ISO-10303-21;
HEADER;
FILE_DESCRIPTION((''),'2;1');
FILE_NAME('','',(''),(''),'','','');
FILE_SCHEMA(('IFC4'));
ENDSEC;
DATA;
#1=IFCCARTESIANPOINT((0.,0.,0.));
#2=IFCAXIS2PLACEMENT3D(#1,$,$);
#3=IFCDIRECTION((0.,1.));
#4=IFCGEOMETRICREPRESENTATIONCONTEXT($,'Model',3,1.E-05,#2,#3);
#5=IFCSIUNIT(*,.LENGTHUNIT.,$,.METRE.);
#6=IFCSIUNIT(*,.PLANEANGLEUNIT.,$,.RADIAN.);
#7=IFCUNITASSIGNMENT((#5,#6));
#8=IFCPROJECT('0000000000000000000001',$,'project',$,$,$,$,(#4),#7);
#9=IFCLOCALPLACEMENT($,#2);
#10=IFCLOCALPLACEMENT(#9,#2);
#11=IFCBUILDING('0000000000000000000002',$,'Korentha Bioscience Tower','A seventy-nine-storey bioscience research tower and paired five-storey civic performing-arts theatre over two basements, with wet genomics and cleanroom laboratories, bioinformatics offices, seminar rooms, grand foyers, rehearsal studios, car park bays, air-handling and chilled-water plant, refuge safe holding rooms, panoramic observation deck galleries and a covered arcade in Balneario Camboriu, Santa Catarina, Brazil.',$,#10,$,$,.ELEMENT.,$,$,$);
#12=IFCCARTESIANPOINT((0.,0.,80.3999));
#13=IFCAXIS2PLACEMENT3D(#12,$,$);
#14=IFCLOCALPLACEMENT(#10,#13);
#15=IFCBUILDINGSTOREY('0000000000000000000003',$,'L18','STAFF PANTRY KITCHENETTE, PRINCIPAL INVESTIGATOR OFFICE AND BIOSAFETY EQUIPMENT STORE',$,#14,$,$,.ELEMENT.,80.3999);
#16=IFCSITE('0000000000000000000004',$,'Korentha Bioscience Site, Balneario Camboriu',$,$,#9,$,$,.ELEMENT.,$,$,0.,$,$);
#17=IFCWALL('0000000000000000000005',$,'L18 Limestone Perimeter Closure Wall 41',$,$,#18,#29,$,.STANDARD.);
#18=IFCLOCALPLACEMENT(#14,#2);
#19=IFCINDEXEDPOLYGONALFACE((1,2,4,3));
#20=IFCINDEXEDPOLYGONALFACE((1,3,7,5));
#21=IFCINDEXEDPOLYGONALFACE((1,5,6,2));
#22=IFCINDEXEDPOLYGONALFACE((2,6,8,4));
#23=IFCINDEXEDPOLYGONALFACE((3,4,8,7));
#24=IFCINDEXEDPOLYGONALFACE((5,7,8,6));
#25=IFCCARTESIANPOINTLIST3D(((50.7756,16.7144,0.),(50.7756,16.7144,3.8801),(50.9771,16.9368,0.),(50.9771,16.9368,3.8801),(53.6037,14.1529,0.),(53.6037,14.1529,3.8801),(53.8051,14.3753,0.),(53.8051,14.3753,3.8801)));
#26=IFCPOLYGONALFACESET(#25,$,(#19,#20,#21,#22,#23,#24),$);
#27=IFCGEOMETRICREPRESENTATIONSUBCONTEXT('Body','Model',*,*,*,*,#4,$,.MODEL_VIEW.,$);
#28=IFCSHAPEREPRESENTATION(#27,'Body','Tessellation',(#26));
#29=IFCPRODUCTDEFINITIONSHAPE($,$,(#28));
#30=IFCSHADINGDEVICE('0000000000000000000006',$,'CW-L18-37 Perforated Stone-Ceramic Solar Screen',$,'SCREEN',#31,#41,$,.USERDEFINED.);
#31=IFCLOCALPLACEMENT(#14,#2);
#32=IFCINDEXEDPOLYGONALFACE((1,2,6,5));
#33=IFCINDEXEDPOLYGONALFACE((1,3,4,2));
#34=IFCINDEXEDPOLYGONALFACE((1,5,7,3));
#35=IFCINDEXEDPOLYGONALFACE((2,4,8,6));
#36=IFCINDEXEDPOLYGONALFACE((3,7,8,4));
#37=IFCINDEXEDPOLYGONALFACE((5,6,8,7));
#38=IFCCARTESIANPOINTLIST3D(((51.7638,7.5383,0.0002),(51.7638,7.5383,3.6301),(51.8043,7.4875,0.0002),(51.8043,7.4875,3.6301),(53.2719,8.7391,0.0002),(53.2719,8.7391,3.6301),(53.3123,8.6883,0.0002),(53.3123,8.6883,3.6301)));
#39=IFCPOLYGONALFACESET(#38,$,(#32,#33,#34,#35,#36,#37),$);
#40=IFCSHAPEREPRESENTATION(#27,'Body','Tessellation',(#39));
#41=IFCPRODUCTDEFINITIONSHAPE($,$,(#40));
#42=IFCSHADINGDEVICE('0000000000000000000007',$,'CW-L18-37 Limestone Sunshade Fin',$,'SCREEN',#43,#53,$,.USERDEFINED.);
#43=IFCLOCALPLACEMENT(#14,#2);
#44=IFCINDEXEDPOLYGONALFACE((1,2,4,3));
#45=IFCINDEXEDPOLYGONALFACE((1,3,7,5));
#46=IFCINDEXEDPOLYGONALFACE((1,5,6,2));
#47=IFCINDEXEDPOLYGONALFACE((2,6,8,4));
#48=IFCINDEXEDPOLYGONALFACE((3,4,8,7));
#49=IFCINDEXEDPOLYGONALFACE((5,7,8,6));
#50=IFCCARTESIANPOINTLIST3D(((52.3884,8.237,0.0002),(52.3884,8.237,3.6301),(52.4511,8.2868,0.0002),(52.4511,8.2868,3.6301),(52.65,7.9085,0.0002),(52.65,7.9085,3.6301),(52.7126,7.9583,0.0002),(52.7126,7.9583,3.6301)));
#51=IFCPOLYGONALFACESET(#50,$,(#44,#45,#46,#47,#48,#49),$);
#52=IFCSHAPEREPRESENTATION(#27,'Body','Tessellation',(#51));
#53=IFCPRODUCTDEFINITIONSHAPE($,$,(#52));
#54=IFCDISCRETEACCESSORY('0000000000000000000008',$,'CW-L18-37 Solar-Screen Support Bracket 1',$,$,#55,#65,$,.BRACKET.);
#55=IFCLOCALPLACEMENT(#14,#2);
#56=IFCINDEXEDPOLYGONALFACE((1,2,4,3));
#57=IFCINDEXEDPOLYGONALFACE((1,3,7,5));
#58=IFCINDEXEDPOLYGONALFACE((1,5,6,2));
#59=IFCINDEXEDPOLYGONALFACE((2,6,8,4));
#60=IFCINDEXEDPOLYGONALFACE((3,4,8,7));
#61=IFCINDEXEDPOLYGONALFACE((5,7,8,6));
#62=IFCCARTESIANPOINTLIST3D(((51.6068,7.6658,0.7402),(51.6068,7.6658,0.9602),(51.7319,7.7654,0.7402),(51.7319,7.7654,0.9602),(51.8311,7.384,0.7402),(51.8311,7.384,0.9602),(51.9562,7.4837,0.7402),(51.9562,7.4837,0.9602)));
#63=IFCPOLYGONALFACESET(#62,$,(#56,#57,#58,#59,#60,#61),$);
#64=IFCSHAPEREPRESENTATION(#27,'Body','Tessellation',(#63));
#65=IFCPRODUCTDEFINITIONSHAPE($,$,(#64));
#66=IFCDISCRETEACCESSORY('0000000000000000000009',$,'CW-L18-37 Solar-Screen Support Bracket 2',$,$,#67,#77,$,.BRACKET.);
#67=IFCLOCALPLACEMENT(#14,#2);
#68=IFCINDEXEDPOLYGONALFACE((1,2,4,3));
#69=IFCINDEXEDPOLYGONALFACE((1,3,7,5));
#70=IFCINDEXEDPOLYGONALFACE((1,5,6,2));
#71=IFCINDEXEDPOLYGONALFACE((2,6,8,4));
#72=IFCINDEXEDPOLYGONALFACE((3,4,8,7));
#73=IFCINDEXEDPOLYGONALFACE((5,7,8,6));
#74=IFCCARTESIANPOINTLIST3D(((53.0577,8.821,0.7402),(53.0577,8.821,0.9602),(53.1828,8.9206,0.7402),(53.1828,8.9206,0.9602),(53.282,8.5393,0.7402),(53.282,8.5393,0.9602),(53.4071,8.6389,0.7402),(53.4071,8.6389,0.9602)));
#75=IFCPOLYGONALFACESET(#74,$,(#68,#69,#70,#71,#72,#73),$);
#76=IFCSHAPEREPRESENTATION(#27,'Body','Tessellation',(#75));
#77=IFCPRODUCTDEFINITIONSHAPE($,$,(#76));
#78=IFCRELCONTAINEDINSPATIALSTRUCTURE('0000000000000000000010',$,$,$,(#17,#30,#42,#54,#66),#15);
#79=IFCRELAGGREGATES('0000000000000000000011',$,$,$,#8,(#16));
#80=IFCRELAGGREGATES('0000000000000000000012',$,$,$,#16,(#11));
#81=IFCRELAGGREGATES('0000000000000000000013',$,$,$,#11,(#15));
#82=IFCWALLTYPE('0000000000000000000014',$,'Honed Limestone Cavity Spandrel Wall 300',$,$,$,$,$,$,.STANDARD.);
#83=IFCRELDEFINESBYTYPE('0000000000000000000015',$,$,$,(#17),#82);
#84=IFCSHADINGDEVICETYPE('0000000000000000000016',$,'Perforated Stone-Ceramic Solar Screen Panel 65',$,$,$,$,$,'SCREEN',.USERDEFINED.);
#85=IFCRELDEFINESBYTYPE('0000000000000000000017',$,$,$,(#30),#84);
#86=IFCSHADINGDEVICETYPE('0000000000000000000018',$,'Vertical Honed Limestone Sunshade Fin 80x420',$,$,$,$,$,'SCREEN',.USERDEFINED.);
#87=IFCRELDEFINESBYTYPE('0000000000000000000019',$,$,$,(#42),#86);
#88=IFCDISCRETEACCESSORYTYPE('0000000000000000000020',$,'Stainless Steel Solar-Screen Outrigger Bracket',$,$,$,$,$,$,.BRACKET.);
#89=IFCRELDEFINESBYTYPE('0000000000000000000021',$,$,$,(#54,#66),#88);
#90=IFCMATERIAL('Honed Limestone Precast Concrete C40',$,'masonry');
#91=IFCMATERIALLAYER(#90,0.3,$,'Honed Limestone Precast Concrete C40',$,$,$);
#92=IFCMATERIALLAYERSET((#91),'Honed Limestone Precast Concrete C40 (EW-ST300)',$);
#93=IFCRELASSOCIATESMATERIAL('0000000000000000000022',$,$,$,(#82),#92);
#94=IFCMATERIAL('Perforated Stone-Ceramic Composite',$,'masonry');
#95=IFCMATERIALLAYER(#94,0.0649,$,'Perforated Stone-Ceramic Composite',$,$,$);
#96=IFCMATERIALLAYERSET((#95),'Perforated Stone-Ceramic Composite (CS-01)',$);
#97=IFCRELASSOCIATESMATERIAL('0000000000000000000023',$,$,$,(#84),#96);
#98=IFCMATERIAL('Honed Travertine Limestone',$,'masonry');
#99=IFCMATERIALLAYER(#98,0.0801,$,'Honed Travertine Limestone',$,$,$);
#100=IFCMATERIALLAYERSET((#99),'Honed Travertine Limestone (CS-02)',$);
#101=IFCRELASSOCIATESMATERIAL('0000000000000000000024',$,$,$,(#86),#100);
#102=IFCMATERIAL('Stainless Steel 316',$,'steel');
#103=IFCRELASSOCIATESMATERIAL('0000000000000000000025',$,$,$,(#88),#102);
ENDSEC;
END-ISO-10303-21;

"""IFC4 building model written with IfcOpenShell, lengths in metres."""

from ifc_helpers import new_model, si_unit, direction, frame, frame_2d, origin, origin_2d, place, context, subcontext, project, spatial, rectangle, extrude, material, layer, layer_set, type_object, element, save


model = new_model("IFC4")

# Units and contexts
model_context = context("Model", 3, precision=1e-05, world=origin(), true_north=direction((0.0, 1.0)))
body_context = subcontext(model_context, "Body", "Model", "MODEL_VIEW")
ifc_project = project(units=[si_unit("LENGTHUNIT", "METRE"), si_unit("PLANEANGLEUNIT", "RADIAN")], contexts=[model_context])

# Site, building, storey
site_placement = place(None, origin())
site = spatial("IfcSite", under=ifc_project, at=site_placement, Name="Korentha Bioscience Site, Balneario Camboriu", CompositionType="ELEMENT", RefElevation=0.0)
building_placement = place(site_placement, origin())
building = spatial("IfcBuilding", under=site, at=building_placement, Name="Korentha Bioscience Tower", Description="A seventy-nine-storey bioscience research tower and paired five-storey civic performing-arts theatre over two basements, with wet genomics and cleanroom laboratories, bioinformatics offices, seminar rooms, grand foyers, rehearsal studios, car park bays, air-handling and chilled-water plant, refuge safe holding rooms, panoramic observation deck galleries and a covered arcade in Balneario Camboriu, Santa Catarina, Brazil.", CompositionType="ELEMENT")
storey_placement = place(building_placement, frame((0.0, 0.0, 80.3999)))
storey = spatial("IfcBuildingStorey", under=building, at=storey_placement, Name="L18", Description="STAFF PANTRY KITCHENETTE, PRINCIPAL INVESTIGATOR OFFICE AND BIOSAFETY EQUIPMENT STORE", CompositionType="ELEMENT", Elevation=80.3999)

# Shared definitions
ifc_material_1 = material(Name="Honed Limestone Precast Concrete C40", Category="masonry")
ifc_layer_1 = layer(ifc_material_1, 0.3, Name="Honed Limestone Precast Concrete C40")
ifc_layer_set_1 = layer_set([ifc_layer_1], Name="Honed Limestone Precast Concrete C40 (EW-ST300)")
wall_type_1 = type_object("IfcWallType", Name="Honed Limestone Cavity Spandrel Wall 300", PredefinedType="STANDARD", material=ifc_layer_set_1)

# Wall
wall_1_placement = place(storey_placement, frame((53.7043, 14.2642, 0.0), z_axis=(0.0, 0.0, 1.0), x_axis=(-0.741178, 0.671309, 0.0)))
element("IfcWall", 1, at=wall_1_placement, inside=storey, type_object=wall_type_1, Name="L18 Limestone Perimeter Closure Wall 41", PredefinedType="STANDARD", context=body_context, shape_type="SweptSolid", body=[
    extrude(rectangle(XDim=3.8157, YDim=0.3, at=frame_2d((1.9077, 0.0))), origin(), (0.0, 0.0, 1.0), 3.8801),
])

# Shading devices
ifc_material_2 = material(Name="Perforated Stone-Ceramic Composite", Category="masonry")
ifc_layer_2 = layer(ifc_material_2, 0.0649, Name="Perforated Stone-Ceramic Composite")
ifc_layer_set_2 = layer_set([ifc_layer_2], Name="Perforated Stone-Ceramic Composite (CS-01)")
shading_device_type_1 = type_object("IfcShadingDeviceType", Name="Perforated Stone-Ceramic Solar Screen Panel 65", ElementType="SCREEN", PredefinedType="USERDEFINED", material=ifc_layer_set_2)
shading_device_1_placement = place(storey_placement, frame((52.5381, 8.1133, 0.0002), z_axis=(0.0, 0.0, 1.0), x_axis=(0.782288, 0.622917, 0.0)))
element("IfcShadingDevice", 2, at=shading_device_1_placement, inside=storey, type_object=shading_device_type_1, Name="CW-L18-37 Perforated Stone-Ceramic Solar Screen", ObjectType="SCREEN", PredefinedType="USERDEFINED", context=body_context, shape_type="SweptSolid", body=[
    extrude(rectangle(XDim=1.9277, YDim=0.0649, at=origin_2d()), origin(), (0.0, 0.0, 1.0), 3.6299),
])
ifc_material_3 = material(Name="Honed Travertine Limestone", Category="masonry")
ifc_layer_3 = layer(ifc_material_3, 0.0801, Name="Honed Travertine Limestone")
ifc_layer_set_3 = layer_set([ifc_layer_3], Name="Honed Travertine Limestone (CS-02)")
shading_device_type_2 = type_object("IfcShadingDeviceType", Name="Vertical Honed Limestone Sunshade Fin 80x420", ElementType="SCREEN", PredefinedType="USERDEFINED", material=ifc_layer_set_3)
shading_device_2_placement = place(storey_placement, frame((52.5505, 8.0977, 0.0002), z_axis=(0.0, 0.0, 1.0), x_axis=(0.782288, 0.622917, 0.0)))
element("IfcShadingDevice", 3, at=shading_device_2_placement, inside=storey, type_object=shading_device_type_2, Name="CW-L18-37 Limestone Sunshade Fin", ObjectType="SCREEN", PredefinedType="USERDEFINED", context=body_context, shape_type="SweptSolid", body=[
    extrude(rectangle(XDim=0.0801, YDim=0.4199, at=origin_2d()), origin(), (0.0, 0.0, 1.0), 3.6299),
])

# Discrete accessories
ifc_material_4 = material(Name="Stainless Steel 316", Category="steel")
discrete_accessory_type = type_object("IfcDiscreteAccessoryType", Name="Stainless Steel Solar-Screen Outrigger Bracket", PredefinedType="BRACKET", material=ifc_material_4)
for number, where, z_axis, x_axis, name in (
    (4, (51.7815, 7.5747, 0.7402), (0.0, 0.0, 1.0), (0.782288, 0.622917, 0.0), "CW-L18-37 Solar-Screen Support Bracket 1"),
    (5, (53.2324, 8.73, 0.7402), (0.0, 0.0, 1.0), (0.782288, 0.622917, 0.0), "CW-L18-37 Solar-Screen Support Bracket 2"),
):
    element("IfcDiscreteAccessory", number, at=place(storey_placement, frame(where, z_axis=z_axis, x_axis=x_axis)), inside=storey, type_object=discrete_accessory_type, Name=name, PredefinedType="BRACKET", context=body_context, shape_type="SweptSolid", body=[
        extrude(rectangle(XDim=0.1599, YDim=0.3601, at=origin_2d()), origin(), (0.0, 0.0, 1.0), 0.22),
    ])

save(model, "model.ifc")
